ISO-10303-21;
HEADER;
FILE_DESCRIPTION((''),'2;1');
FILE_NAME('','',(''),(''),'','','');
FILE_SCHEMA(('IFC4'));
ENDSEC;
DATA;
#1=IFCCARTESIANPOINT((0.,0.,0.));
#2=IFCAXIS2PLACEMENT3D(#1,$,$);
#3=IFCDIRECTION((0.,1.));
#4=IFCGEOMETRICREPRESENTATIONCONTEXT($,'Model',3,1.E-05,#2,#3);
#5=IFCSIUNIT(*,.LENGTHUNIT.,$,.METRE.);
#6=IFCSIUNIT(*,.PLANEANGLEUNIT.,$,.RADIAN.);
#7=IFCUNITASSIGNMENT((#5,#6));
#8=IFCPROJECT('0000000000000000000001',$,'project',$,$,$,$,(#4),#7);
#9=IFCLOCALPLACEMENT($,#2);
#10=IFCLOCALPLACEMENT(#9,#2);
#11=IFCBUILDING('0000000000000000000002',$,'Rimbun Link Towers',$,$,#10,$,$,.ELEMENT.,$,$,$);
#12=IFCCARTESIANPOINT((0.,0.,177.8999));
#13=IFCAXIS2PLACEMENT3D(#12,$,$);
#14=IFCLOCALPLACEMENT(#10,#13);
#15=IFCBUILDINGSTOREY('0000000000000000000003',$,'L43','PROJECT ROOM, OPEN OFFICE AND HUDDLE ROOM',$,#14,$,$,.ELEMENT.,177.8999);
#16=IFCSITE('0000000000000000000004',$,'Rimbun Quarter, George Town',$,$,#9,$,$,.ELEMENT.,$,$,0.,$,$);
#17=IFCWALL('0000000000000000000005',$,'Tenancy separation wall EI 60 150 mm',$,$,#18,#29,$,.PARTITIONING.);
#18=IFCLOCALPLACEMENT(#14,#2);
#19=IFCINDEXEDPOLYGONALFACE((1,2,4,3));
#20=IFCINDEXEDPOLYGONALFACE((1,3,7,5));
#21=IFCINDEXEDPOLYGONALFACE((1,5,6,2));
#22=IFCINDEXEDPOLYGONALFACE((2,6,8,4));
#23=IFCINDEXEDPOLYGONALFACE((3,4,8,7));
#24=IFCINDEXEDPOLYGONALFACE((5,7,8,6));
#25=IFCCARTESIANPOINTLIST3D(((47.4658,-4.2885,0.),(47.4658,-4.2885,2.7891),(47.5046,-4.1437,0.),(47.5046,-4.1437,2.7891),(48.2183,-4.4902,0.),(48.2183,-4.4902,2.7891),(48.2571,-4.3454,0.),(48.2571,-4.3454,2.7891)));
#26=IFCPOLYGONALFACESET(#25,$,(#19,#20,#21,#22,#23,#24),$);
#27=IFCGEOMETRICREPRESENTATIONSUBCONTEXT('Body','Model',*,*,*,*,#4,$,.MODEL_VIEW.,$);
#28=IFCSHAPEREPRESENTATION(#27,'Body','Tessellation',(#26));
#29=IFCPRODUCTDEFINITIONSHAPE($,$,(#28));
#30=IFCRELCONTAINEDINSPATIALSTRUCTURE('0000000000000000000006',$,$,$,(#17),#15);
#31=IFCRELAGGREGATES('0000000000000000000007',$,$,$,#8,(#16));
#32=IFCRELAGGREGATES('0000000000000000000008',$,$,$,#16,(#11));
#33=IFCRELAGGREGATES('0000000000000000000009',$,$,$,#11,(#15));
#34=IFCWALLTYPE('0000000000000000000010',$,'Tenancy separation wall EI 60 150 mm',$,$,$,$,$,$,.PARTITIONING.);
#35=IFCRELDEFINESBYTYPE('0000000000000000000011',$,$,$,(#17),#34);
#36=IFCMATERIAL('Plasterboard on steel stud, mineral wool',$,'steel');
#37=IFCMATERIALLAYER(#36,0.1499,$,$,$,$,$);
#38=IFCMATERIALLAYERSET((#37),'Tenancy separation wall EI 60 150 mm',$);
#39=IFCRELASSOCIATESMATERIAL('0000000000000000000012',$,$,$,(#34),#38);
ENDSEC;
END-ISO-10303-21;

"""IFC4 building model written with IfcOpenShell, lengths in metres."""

from ifc_helpers import new_model, si_unit, direction, frame, frame_2d, origin, place, context, subcontext, project, spatial, rectangle, extrude, material, layer, layer_set, type_object, element, save


model = new_model("IFC4")

# Units and contexts
model_context = context("Model", 3, precision=1e-05, world=origin(), true_north=direction((0.0, 1.0)))
body_context = subcontext(model_context, "Body", "Model", "MODEL_VIEW")
ifc_project = project(units=[si_unit("LENGTHUNIT", "METRE"), si_unit("PLANEANGLEUNIT", "RADIAN")], contexts=[model_context])

# Site, building, storey
site_placement = place(None, origin())
site = spatial("IfcSite", under=ifc_project, at=site_placement, Name="Rimbun Quarter, George Town", CompositionType="ELEMENT", RefElevation=0.0)
building_placement = place(site_placement, origin())
building = spatial("IfcBuilding", under=site, at=building_placement, Name="Rimbun Link Towers", CompositionType="ELEMENT")
storey_placement = place(building_placement, frame((0.0, 0.0, 177.8999)))
storey = spatial("IfcBuildingStorey", under=building, at=storey_placement, Name="L43", Description="PROJECT ROOM, OPEN OFFICE AND HUDDLE ROOM", CompositionType="ELEMENT", Elevation=177.8999)

# Wall
ifc_material_1 = material(Name="Plasterboard on steel stud, mineral wool", Category="steel")
ifc_layer_1 = layer(ifc_material_1, 0.1499)
ifc_layer_set_1 = layer_set([ifc_layer_1], Name="Tenancy separation wall EI 60 150 mm")
wall_type_1 = type_object("IfcWallType", Name="Tenancy separation wall EI 60 150 mm", PredefinedType="PARTITIONING", material=ifc_layer_set_1)
wall_1_placement = place(storey_placement, frame((47.4851, -4.2161, 0.0), z_axis=(0.0, 0.0, 1.0), x_axis=(0.965912, -0.258872, 0.0)))
element("IfcWall", 1, at=wall_1_placement, inside=storey, type_object=wall_type_1, Name="Tenancy separation wall EI 60 150 mm", PredefinedType="PARTITIONING", context=body_context, shape_type="SweptSolid", body=[
    extrude(rectangle(XDim=0.7791, YDim=0.1499, at=frame_2d((0.3896, 0.0))), origin(), (0.0, 0.0, 1.0), 2.7891),
])

save(model, "model.ifc")
